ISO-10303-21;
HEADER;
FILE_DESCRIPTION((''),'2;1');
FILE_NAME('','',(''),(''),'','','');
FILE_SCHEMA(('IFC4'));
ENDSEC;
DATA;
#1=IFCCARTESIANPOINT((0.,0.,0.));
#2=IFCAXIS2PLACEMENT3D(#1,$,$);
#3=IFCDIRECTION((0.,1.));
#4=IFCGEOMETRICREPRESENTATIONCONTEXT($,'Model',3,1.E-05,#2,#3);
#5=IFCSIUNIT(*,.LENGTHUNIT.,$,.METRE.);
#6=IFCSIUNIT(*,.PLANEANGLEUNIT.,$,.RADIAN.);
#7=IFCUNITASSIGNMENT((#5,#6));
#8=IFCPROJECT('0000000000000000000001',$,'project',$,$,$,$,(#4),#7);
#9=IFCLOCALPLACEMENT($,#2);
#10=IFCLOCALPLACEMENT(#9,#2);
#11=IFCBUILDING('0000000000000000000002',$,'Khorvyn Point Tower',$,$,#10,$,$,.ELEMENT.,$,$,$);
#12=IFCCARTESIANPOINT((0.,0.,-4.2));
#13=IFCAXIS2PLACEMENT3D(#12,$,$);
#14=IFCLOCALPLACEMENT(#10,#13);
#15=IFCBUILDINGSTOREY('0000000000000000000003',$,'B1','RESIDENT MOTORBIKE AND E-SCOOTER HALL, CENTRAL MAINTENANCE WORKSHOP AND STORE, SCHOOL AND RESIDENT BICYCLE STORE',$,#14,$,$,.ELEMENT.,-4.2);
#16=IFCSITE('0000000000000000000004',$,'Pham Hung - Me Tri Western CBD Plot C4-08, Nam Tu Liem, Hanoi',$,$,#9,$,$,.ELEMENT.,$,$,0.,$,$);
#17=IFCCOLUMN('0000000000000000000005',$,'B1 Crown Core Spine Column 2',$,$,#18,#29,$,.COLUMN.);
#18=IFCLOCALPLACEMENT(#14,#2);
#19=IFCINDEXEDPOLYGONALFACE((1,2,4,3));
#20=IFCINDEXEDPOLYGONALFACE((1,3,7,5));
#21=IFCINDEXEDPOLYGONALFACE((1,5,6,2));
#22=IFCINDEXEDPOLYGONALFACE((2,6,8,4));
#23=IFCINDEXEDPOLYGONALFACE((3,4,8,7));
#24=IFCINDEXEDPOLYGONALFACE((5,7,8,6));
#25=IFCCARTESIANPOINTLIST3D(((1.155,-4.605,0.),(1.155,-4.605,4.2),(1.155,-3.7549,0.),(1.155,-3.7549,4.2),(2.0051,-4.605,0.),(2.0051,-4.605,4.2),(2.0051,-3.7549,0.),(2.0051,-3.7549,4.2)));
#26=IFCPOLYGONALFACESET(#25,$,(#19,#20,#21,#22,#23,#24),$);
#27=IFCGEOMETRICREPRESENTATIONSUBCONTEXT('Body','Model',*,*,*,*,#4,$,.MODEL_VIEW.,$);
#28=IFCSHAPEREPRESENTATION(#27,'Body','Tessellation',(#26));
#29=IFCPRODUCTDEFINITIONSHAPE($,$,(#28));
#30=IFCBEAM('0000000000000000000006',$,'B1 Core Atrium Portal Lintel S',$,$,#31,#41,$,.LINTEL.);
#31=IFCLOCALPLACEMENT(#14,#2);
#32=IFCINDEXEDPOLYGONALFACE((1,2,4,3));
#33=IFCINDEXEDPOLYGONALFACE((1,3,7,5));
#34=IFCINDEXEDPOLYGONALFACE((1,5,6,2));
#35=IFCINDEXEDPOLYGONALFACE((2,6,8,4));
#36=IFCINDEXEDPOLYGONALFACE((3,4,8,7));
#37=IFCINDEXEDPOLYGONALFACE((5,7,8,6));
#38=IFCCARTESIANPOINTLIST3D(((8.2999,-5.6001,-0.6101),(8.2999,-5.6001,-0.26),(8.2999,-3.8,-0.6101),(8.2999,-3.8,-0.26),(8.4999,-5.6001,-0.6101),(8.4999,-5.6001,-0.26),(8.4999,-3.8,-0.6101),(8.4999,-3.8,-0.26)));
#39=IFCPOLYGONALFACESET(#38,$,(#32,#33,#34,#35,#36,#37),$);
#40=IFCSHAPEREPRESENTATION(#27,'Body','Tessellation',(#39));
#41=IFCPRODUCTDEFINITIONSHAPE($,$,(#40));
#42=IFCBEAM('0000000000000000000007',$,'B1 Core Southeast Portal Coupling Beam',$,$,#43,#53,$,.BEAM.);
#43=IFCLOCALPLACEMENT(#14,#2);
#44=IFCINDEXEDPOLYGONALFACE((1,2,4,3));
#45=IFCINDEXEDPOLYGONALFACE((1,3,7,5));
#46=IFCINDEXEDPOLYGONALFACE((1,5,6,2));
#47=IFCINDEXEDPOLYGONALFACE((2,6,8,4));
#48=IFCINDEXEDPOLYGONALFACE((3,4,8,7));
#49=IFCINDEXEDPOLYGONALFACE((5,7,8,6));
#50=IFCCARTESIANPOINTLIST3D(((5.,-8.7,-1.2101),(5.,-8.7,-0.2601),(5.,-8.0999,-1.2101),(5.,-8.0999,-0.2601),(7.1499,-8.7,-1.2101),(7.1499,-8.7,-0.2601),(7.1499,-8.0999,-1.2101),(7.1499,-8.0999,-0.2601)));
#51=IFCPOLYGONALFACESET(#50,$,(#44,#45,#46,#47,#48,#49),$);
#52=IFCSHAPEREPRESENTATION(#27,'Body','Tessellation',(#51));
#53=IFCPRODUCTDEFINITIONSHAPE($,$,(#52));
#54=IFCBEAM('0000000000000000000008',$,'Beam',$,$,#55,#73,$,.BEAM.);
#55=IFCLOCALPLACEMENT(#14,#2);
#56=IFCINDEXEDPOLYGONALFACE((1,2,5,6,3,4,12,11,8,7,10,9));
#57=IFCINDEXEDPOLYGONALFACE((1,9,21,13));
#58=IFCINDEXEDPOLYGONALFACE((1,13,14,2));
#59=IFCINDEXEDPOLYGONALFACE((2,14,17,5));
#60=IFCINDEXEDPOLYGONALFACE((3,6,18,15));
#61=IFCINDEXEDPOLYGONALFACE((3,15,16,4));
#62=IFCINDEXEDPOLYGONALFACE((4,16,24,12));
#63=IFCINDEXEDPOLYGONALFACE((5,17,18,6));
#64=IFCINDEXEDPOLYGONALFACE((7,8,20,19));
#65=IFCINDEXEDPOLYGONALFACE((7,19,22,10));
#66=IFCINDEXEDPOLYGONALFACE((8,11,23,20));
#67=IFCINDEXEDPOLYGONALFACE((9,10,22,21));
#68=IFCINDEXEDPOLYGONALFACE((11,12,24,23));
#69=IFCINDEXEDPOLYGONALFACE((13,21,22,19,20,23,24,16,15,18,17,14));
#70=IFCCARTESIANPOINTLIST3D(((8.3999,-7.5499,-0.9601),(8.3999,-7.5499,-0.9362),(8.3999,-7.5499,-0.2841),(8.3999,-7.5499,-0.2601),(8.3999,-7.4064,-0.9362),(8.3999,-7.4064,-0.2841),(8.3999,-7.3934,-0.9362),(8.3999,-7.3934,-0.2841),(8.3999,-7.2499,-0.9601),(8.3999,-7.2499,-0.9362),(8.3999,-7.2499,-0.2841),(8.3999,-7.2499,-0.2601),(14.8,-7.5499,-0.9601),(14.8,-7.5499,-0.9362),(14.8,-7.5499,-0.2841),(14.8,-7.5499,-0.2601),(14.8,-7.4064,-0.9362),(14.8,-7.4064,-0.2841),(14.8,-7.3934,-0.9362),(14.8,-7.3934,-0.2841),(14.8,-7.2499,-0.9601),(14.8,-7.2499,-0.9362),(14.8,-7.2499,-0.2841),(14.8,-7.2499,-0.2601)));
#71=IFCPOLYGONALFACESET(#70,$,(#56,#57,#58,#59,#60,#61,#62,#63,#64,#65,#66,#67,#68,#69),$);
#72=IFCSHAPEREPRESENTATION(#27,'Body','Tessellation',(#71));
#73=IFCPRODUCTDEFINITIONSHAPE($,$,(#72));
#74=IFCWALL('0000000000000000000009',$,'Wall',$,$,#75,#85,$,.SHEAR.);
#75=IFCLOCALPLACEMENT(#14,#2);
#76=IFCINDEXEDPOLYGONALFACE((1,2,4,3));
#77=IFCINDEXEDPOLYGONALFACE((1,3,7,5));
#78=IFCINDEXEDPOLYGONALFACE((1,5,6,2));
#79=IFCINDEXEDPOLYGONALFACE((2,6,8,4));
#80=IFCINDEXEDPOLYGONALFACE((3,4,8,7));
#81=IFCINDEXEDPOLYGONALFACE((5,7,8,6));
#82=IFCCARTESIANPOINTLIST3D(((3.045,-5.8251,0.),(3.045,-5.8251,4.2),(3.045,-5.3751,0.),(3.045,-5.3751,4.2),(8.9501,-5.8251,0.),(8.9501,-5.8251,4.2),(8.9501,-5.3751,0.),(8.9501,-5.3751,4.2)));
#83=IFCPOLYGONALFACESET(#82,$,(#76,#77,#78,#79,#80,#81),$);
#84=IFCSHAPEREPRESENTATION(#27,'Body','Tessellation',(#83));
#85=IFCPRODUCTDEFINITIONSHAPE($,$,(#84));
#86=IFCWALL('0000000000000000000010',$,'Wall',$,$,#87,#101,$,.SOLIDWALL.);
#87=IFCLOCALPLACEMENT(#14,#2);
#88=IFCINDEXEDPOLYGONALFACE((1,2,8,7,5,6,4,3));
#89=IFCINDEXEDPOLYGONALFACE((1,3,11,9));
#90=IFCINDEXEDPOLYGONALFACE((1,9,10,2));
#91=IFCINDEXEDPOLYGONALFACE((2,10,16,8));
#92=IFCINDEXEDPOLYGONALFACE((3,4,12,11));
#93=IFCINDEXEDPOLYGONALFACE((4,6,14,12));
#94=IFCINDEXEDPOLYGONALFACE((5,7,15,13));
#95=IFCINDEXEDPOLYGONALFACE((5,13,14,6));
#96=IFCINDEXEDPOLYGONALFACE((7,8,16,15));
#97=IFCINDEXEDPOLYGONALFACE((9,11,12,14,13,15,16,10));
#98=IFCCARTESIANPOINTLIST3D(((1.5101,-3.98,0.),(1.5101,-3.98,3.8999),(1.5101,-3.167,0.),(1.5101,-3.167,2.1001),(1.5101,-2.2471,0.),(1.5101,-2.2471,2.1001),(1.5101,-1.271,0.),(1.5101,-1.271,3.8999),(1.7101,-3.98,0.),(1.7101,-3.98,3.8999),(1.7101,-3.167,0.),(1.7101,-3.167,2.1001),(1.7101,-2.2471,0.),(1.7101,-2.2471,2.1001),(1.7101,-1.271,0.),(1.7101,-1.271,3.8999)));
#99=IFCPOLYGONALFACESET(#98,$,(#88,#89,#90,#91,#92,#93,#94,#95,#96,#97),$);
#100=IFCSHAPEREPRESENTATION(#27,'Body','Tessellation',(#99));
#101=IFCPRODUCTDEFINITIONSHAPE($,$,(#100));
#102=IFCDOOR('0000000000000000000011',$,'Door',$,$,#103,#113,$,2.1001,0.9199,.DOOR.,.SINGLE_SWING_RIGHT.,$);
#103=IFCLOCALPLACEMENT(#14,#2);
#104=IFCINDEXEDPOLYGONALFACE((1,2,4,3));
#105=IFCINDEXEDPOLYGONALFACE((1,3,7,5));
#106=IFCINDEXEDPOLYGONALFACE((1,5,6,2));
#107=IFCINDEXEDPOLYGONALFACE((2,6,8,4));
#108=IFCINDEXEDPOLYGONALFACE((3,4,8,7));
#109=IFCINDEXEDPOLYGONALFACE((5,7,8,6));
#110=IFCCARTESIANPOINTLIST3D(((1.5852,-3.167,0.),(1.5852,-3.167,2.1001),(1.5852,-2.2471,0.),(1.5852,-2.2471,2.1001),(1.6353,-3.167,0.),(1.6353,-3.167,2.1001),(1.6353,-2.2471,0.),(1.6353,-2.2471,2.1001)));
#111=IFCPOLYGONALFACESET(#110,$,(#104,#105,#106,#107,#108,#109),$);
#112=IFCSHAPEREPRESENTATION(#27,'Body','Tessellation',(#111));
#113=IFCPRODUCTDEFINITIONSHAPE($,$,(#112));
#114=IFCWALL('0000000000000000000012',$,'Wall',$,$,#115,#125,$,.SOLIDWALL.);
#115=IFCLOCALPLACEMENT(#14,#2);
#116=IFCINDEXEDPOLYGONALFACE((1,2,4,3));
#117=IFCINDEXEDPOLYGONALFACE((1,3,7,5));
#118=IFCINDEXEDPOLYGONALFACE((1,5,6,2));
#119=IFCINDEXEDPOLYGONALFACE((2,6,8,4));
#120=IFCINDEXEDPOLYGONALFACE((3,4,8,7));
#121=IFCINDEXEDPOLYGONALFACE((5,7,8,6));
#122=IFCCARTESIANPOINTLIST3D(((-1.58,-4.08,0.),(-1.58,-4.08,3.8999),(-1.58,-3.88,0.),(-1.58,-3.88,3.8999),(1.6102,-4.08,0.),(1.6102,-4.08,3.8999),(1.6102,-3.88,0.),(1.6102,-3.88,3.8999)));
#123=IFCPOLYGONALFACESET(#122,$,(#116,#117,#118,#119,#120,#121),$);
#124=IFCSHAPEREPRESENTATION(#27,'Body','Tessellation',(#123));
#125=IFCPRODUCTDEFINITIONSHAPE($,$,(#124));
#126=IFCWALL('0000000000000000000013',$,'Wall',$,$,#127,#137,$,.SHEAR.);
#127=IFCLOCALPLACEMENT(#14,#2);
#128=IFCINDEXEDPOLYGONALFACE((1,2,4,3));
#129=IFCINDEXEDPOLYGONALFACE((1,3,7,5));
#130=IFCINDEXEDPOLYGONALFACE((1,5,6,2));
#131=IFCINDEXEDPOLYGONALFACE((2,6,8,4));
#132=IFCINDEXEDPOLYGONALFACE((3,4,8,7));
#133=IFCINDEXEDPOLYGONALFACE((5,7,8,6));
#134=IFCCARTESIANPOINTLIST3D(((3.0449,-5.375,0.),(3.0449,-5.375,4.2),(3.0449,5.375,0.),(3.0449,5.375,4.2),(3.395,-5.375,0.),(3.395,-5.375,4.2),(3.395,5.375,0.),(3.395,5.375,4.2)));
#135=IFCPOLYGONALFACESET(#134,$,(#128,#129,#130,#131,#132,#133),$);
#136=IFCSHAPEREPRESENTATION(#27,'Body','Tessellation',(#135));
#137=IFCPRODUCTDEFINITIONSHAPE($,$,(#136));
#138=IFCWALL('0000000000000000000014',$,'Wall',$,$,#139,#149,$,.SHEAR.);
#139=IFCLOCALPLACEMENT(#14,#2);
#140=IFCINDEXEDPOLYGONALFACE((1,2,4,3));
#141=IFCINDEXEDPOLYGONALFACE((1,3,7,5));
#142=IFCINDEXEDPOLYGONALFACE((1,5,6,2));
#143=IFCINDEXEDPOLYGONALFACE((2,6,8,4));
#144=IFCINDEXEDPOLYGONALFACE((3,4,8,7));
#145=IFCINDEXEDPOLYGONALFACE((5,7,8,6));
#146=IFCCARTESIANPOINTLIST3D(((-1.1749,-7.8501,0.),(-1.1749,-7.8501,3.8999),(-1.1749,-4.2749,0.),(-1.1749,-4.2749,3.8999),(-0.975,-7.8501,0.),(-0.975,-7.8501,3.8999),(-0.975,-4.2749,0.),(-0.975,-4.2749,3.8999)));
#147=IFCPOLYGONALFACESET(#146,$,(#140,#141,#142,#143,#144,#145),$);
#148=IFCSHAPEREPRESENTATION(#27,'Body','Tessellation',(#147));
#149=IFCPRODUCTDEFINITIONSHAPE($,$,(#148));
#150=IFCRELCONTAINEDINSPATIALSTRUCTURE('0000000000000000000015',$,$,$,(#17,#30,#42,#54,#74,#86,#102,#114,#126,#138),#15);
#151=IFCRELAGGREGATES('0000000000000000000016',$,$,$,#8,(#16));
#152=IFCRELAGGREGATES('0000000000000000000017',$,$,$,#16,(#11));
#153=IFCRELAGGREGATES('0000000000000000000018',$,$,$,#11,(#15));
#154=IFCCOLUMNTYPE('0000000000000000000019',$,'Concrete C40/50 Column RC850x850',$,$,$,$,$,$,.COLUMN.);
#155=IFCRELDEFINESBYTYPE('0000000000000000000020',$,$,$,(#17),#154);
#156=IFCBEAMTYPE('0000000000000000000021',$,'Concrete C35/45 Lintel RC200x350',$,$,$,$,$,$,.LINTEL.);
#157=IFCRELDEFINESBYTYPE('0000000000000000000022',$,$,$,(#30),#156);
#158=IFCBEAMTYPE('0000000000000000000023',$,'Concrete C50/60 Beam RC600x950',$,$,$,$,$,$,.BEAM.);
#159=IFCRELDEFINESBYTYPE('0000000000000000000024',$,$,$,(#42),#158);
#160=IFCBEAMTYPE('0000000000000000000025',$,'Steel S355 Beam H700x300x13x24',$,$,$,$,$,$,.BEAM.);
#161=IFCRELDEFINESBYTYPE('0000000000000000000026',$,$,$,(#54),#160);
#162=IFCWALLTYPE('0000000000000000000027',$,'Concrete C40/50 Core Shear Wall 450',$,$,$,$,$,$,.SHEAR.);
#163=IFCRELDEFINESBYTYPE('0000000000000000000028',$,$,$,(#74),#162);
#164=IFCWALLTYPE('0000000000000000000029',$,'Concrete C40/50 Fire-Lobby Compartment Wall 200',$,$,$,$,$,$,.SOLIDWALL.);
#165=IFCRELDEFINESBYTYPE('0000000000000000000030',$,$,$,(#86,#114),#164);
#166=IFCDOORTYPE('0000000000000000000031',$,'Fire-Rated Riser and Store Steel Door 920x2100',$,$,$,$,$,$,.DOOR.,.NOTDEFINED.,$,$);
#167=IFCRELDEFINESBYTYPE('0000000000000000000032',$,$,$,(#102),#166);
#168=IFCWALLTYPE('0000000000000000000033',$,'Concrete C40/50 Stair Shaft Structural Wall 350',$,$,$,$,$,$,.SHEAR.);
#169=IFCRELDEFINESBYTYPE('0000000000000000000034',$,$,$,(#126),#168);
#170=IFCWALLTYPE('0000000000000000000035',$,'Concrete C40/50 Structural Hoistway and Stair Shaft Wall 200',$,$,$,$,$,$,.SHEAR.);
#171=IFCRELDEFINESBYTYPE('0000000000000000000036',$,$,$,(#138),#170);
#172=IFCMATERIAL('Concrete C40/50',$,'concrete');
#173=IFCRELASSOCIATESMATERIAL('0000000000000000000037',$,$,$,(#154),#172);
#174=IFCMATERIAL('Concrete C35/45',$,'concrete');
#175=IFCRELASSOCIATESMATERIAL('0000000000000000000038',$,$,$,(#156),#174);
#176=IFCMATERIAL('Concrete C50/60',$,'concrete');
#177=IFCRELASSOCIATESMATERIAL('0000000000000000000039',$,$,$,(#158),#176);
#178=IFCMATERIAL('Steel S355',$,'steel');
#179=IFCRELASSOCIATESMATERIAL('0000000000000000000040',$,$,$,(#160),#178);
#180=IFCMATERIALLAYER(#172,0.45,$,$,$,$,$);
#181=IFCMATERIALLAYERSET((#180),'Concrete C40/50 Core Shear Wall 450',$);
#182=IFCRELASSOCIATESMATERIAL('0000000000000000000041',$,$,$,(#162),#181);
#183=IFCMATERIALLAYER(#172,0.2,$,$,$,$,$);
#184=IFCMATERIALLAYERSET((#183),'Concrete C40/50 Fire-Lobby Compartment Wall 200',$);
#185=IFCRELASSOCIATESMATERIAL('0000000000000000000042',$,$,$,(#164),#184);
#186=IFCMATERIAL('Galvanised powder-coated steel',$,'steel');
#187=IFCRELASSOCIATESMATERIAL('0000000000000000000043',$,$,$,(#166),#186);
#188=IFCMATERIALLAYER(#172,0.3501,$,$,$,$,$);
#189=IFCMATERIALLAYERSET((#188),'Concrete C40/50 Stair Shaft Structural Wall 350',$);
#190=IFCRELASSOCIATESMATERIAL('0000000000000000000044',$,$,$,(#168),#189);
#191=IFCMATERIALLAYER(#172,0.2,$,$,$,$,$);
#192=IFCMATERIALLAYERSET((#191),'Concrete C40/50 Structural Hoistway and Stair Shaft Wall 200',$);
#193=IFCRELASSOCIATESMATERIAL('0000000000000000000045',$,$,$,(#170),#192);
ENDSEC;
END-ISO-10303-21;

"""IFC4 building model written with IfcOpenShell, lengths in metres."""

from ifc_helpers import new_model, si_unit, direction, frame, frame_2d, origin, origin_2d, place, context, subcontext, project, spatial, rectangle, i_section, extrude, material, layer, layer_set, material_profile, profile_set, type_object, element, fill, save


model = new_model("IFC4")

# Units and contexts
model_context = context("Model", 3, precision=1e-05, world=origin(), true_north=direction((0.0, 1.0)))
body_context = subcontext(model_context, "Body", "Model", "MODEL_VIEW")
ifc_project = project(units=[si_unit("LENGTHUNIT", "METRE"), si_unit("PLANEANGLEUNIT", "RADIAN")], contexts=[model_context])

# Site, building, storey
site_placement = place(None, origin())
site = spatial("IfcSite", under=ifc_project, at=site_placement, Name="Pham Hung - Me Tri Western CBD Plot C4-08, Nam Tu Liem, Hanoi", CompositionType="ELEMENT", RefElevation=0.0)
building_placement = place(site_placement, origin())
building = spatial("IfcBuilding", under=site, at=building_placement, Name="Khorvyn Point Tower", CompositionType="ELEMENT")
storey_placement = place(building_placement, frame((0.0, 0.0, -4.2)))
storey = spatial("IfcBuildingStorey", under=building, at=storey_placement, Name="B1", Description="RESIDENT MOTORBIKE AND E-SCOOTER HALL, CENTRAL MAINTENANCE WORKSHOP AND STORE, SCHOOL AND RESIDENT BICYCLE STORE", CompositionType="ELEMENT", Elevation=-4.2)

# Column
ifc_material_1 = material(Name="Concrete C40/50", Category="concrete")
ifc_material_profile_1 = material_profile(ifc_material_1, rectangle(XDim=0.8501, YDim=0.8501, at=origin_2d()))
ifc_profile_set_1 = profile_set([ifc_material_profile_1], Name="Concrete C40/50 RC850x850")
column_type = type_object("IfcColumnType", Name="Concrete C40/50 Column RC850x850", PredefinedType="COLUMN", material=ifc_profile_set_1)
column_placement = place(storey_placement, frame((1.5801, -4.1799, 0.0), z_axis=(0.0, 0.0, 1.0), x_axis=(1.0, 0.0, 0.0)))
element("IfcColumn", 1, at=column_placement, inside=storey, type_object=column_type, Name="B1 Crown Core Spine Column 2", PredefinedType="COLUMN", context=body_context, shape_type="SweptSolid", body=[
    extrude(rectangle(XDim=0.8501, YDim=0.8501, at=origin_2d()), origin(), (0.0, 0.0, 1.0), 4.2),
])

# Beams
ifc_material_2 = material(Name="Concrete C35/45", Category="concrete")
ifc_material_profile_2 = material_profile(ifc_material_2, rectangle(XDim=0.2, YDim=0.3501, at=origin_2d()))
ifc_profile_set_2 = profile_set([ifc_material_profile_2], Name="Concrete C35/45 RC200x350")
beam_type_1 = type_object("IfcBeamType", Name="Concrete C35/45 Lintel RC200x350", PredefinedType="LINTEL", material=ifc_profile_set_2)
beam_1_placement = place(storey_placement, frame((8.3999, -5.6001, -0.4351), z_axis=(0.0, 1.0, 0.0), x_axis=(-1.0, 0.0, 0.0)))
element("IfcBeam", 2, at=beam_1_placement, inside=storey, type_object=beam_type_1, Name="B1 Core Atrium Portal Lintel S", PredefinedType="LINTEL", context=body_context, shape_type="SweptSolid", body=[
    extrude(rectangle(XDim=0.2, YDim=0.3501, at=origin_2d()), origin(), (0.0, 0.0, 1.0), 1.8),
])
ifc_material_3 = material(Name="Concrete C50/60", Category="concrete")
ifc_material_profile_3 = material_profile(ifc_material_3, rectangle(XDim=0.6001, YDim=0.95, at=origin_2d()))
ifc_profile_set_3 = profile_set([ifc_material_profile_3], Name="Concrete C50/60 RC600x950")
beam_type_2 = type_object("IfcBeamType", Name="Concrete C50/60 Beam RC600x950", PredefinedType="BEAM", material=ifc_profile_set_3)
beam_2_placement = place(storey_placement, frame((5.0, -8.3999, -0.7351), z_axis=(1.0, 0.0, 0.0), x_axis=(0.0, 1.0, 0.0)))
element("IfcBeam", 3, at=beam_2_placement, inside=storey, type_object=beam_type_2, Name="B1 Core Southeast Portal Coupling Beam", PredefinedType="BEAM", context=body_context, shape_type="SweptSolid", body=[
    extrude(rectangle(XDim=0.6001, YDim=0.95, at=origin_2d()), origin(), (0.0, 0.0, 1.0), 2.1499),
])
ifc_material_4 = material(Name="Steel S355", Category="steel")
ifc_material_profile_4 = material_profile(ifc_material_4, i_section(OverallWidth=0.3, OverallDepth=0.7, WebThickness=0.0129, FlangeThickness=0.0239, at=origin_2d()))
ifc_profile_set_4 = profile_set([ifc_material_profile_4], Name="Steel S355 H700x300x13x24")
beam_type_3 = type_object("IfcBeamType", Name="Steel S355 Beam H700x300x13x24", PredefinedType="BEAM", material=ifc_profile_set_4)
beam_3_placement = place(storey_placement, frame((8.3999, -7.3999, -0.6101), z_axis=(1.0, 0.0, 0.0), x_axis=(0.0, 1.0, 0.0)))
element("IfcBeam", 4, at=beam_3_placement, inside=storey, type_object=beam_type_3, Name="Beam", PredefinedType="BEAM", context=body_context, shape_type="SweptSolid", body=[
    extrude(i_section(OverallWidth=0.3, OverallDepth=0.7, WebThickness=0.0129, FlangeThickness=0.0239, at=origin_2d()), origin(), (0.0, 0.0, 1.0), 6.4001),
])

# Wall
ifc_layer_1 = layer(ifc_material_1, 0.45)
ifc_layer_set_1 = layer_set([ifc_layer_1], Name="Concrete C40/50 Core Shear Wall 450")
wall_type_1 = type_object("IfcWallType", Name="Concrete C40/50 Core Shear Wall 450", PredefinedType="SHEAR", material=ifc_layer_set_1)
wall_1_placement = place(storey_placement, frame((3.0449, -5.6001, 0.0), z_axis=(0.0, 0.0, 1.0), x_axis=(1.0, 0.0, 0.0)))
element("IfcWall", 5, at=wall_1_placement, inside=storey, type_object=wall_type_1, Name="Wall", PredefinedType="SHEAR", context=body_context, shape_type="SweptSolid", body=[
    extrude(rectangle(XDim=5.905, YDim=0.45, at=frame_2d((2.9526, 0.0))), origin(), (0.0, 0.0, 1.0), 4.2),
])

# Wall, opening, door
ifc_layer_2 = layer(ifc_material_1, 0.2)
ifc_layer_set_2 = layer_set([ifc_layer_2], Name="Concrete C40/50 Fire-Lobby Compartment Wall 200")
wall_type_2 = type_object("IfcWallType", Name="Concrete C40/50 Fire-Lobby Compartment Wall 200", PredefinedType="SOLIDWALL", material=ifc_layer_set_2)
ifc_material_5 = material(Name="Galvanised powder-coated steel", Category="steel")
wall_2_placement = place(storey_placement, frame((1.6101, -3.98, 0.0), z_axis=(0.0, 0.0, 1.0), x_axis=(0.0, 1.0, 0.0)))
wall_2 = element("IfcWall", 6, at=wall_2_placement, inside=storey, type_object=wall_type_2, Name="Wall", PredefinedType="SOLIDWALL", context=body_context, shape_type="SweptSolid", body=[
    extrude(rectangle(XDim=2.709, YDim=0.2, at=frame_2d((1.3545, 0.0))), origin(), (0.0, 0.0, 1.0), 3.8999),
])
opening_1_placement = place(wall_2_placement, frame((0.813, 0.0, 0.0)))
opening_1 = element("IfcOpeningElement", 7, at=opening_1_placement, cuts=wall_2, PredefinedType="OPENING", context=body_context, shape_type="SweptSolid", body=[
    extrude(rectangle(XDim=0.9199, YDim=2.1001, at=frame_2d((0.46, 1.05))), frame((0.0, 0.1099, 0.0), z_axis=(0.0, -1.0, 0.0), x_axis=(1.0, 0.0, 0.0)), (0.0, 0.0, 1.0), 0.22),
])
door_type_1 = type_object("IfcDoorType", Name="Fire-Rated Riser and Store Steel Door 920x2100", OperationType="NOTDEFINED", PredefinedType="DOOR", material=ifc_material_5)
door_1_placement = place(opening_1_placement, origin())
door_1 = element("IfcDoor", 8, at=door_1_placement, inside=storey, type_object=door_type_1, Name="Door", OperationType="SINGLE_SWING_RIGHT", OverallHeight=2.1001, OverallWidth=0.9199, PredefinedType="DOOR", context=body_context, shape_type="SweptSolid", body=[
    extrude(rectangle(XDim=0.9199, YDim=2.1001, at=frame_2d((0.46, 1.05))), frame((0.0, 0.0249, 0.0), z_axis=(0.0, -1.0, 0.0), x_axis=(1.0, 0.0, 0.0)), (0.0, 0.0, 1.0), 0.05),
])
fill(opening_1, door_1)

# Walls
wall_3_placement = place(storey_placement, frame((-1.5801, -3.98, 0.0), z_axis=(0.0, 0.0, 1.0), x_axis=(1.0, 0.0, 0.0)))
element("IfcWall", 9, at=wall_3_placement, inside=storey, type_object=wall_type_2, Name="Wall", PredefinedType="SOLIDWALL", context=body_context, shape_type="SweptSolid", body=[
    extrude(rectangle(XDim=3.1902, YDim=0.2, at=frame_2d((1.5952, 0.0))), origin(), (0.0, 0.0, 1.0), 3.8999),
])
ifc_layer_3 = layer(ifc_material_1, 0.3501)
ifc_layer_set_3 = layer_set([ifc_layer_3], Name="Concrete C40/50 Stair Shaft Structural Wall 350")
wall_type_3 = type_object("IfcWallType", Name="Concrete C40/50 Stair Shaft Structural Wall 350", PredefinedType="SHEAR", material=ifc_layer_set_3)
wall_4_placement = place(storey_placement, frame((3.22, -5.375, 0.0), z_axis=(0.0, 0.0, 1.0), x_axis=(0.0, 1.0, 0.0)))
element("IfcWall", 10, at=wall_4_placement, inside=storey, type_object=wall_type_3, Name="Wall", PredefinedType="SHEAR", context=body_context, shape_type="SweptSolid", body=[
    extrude(rectangle(XDim=10.75, YDim=0.3501, at=frame_2d((5.375, 0.0))), origin(), (0.0, 0.0, 1.0), 4.2),
])

# Wall
ifc_layer_4 = layer(ifc_material_1, 0.2)
ifc_layer_set_4 = layer_set([ifc_layer_4], Name="Concrete C40/50 Structural Hoistway and Stair Shaft Wall 200")
wall_type_4 = type_object("IfcWallType", Name="Concrete C40/50 Structural Hoistway and Stair Shaft Wall 200", PredefinedType="SHEAR", material=ifc_layer_set_4)
wall_5_placement = place(storey_placement, frame((-1.075, -7.8501, 0.0), z_axis=(0.0, 0.0, 1.0), x_axis=(0.0, 1.0, 0.0)))
element("IfcWall", 11, at=wall_5_placement, inside=storey, type_object=wall_type_4, Name="Wall", PredefinedType="SHEAR", context=body_context, shape_type="SweptSolid", body=[
    extrude(rectangle(XDim=3.5752, YDim=0.2, at=frame_2d((1.7876, 0.0))), origin(), (0.0, 0.0, 1.0), 3.8999),
])

save(model, "model.ifc")
